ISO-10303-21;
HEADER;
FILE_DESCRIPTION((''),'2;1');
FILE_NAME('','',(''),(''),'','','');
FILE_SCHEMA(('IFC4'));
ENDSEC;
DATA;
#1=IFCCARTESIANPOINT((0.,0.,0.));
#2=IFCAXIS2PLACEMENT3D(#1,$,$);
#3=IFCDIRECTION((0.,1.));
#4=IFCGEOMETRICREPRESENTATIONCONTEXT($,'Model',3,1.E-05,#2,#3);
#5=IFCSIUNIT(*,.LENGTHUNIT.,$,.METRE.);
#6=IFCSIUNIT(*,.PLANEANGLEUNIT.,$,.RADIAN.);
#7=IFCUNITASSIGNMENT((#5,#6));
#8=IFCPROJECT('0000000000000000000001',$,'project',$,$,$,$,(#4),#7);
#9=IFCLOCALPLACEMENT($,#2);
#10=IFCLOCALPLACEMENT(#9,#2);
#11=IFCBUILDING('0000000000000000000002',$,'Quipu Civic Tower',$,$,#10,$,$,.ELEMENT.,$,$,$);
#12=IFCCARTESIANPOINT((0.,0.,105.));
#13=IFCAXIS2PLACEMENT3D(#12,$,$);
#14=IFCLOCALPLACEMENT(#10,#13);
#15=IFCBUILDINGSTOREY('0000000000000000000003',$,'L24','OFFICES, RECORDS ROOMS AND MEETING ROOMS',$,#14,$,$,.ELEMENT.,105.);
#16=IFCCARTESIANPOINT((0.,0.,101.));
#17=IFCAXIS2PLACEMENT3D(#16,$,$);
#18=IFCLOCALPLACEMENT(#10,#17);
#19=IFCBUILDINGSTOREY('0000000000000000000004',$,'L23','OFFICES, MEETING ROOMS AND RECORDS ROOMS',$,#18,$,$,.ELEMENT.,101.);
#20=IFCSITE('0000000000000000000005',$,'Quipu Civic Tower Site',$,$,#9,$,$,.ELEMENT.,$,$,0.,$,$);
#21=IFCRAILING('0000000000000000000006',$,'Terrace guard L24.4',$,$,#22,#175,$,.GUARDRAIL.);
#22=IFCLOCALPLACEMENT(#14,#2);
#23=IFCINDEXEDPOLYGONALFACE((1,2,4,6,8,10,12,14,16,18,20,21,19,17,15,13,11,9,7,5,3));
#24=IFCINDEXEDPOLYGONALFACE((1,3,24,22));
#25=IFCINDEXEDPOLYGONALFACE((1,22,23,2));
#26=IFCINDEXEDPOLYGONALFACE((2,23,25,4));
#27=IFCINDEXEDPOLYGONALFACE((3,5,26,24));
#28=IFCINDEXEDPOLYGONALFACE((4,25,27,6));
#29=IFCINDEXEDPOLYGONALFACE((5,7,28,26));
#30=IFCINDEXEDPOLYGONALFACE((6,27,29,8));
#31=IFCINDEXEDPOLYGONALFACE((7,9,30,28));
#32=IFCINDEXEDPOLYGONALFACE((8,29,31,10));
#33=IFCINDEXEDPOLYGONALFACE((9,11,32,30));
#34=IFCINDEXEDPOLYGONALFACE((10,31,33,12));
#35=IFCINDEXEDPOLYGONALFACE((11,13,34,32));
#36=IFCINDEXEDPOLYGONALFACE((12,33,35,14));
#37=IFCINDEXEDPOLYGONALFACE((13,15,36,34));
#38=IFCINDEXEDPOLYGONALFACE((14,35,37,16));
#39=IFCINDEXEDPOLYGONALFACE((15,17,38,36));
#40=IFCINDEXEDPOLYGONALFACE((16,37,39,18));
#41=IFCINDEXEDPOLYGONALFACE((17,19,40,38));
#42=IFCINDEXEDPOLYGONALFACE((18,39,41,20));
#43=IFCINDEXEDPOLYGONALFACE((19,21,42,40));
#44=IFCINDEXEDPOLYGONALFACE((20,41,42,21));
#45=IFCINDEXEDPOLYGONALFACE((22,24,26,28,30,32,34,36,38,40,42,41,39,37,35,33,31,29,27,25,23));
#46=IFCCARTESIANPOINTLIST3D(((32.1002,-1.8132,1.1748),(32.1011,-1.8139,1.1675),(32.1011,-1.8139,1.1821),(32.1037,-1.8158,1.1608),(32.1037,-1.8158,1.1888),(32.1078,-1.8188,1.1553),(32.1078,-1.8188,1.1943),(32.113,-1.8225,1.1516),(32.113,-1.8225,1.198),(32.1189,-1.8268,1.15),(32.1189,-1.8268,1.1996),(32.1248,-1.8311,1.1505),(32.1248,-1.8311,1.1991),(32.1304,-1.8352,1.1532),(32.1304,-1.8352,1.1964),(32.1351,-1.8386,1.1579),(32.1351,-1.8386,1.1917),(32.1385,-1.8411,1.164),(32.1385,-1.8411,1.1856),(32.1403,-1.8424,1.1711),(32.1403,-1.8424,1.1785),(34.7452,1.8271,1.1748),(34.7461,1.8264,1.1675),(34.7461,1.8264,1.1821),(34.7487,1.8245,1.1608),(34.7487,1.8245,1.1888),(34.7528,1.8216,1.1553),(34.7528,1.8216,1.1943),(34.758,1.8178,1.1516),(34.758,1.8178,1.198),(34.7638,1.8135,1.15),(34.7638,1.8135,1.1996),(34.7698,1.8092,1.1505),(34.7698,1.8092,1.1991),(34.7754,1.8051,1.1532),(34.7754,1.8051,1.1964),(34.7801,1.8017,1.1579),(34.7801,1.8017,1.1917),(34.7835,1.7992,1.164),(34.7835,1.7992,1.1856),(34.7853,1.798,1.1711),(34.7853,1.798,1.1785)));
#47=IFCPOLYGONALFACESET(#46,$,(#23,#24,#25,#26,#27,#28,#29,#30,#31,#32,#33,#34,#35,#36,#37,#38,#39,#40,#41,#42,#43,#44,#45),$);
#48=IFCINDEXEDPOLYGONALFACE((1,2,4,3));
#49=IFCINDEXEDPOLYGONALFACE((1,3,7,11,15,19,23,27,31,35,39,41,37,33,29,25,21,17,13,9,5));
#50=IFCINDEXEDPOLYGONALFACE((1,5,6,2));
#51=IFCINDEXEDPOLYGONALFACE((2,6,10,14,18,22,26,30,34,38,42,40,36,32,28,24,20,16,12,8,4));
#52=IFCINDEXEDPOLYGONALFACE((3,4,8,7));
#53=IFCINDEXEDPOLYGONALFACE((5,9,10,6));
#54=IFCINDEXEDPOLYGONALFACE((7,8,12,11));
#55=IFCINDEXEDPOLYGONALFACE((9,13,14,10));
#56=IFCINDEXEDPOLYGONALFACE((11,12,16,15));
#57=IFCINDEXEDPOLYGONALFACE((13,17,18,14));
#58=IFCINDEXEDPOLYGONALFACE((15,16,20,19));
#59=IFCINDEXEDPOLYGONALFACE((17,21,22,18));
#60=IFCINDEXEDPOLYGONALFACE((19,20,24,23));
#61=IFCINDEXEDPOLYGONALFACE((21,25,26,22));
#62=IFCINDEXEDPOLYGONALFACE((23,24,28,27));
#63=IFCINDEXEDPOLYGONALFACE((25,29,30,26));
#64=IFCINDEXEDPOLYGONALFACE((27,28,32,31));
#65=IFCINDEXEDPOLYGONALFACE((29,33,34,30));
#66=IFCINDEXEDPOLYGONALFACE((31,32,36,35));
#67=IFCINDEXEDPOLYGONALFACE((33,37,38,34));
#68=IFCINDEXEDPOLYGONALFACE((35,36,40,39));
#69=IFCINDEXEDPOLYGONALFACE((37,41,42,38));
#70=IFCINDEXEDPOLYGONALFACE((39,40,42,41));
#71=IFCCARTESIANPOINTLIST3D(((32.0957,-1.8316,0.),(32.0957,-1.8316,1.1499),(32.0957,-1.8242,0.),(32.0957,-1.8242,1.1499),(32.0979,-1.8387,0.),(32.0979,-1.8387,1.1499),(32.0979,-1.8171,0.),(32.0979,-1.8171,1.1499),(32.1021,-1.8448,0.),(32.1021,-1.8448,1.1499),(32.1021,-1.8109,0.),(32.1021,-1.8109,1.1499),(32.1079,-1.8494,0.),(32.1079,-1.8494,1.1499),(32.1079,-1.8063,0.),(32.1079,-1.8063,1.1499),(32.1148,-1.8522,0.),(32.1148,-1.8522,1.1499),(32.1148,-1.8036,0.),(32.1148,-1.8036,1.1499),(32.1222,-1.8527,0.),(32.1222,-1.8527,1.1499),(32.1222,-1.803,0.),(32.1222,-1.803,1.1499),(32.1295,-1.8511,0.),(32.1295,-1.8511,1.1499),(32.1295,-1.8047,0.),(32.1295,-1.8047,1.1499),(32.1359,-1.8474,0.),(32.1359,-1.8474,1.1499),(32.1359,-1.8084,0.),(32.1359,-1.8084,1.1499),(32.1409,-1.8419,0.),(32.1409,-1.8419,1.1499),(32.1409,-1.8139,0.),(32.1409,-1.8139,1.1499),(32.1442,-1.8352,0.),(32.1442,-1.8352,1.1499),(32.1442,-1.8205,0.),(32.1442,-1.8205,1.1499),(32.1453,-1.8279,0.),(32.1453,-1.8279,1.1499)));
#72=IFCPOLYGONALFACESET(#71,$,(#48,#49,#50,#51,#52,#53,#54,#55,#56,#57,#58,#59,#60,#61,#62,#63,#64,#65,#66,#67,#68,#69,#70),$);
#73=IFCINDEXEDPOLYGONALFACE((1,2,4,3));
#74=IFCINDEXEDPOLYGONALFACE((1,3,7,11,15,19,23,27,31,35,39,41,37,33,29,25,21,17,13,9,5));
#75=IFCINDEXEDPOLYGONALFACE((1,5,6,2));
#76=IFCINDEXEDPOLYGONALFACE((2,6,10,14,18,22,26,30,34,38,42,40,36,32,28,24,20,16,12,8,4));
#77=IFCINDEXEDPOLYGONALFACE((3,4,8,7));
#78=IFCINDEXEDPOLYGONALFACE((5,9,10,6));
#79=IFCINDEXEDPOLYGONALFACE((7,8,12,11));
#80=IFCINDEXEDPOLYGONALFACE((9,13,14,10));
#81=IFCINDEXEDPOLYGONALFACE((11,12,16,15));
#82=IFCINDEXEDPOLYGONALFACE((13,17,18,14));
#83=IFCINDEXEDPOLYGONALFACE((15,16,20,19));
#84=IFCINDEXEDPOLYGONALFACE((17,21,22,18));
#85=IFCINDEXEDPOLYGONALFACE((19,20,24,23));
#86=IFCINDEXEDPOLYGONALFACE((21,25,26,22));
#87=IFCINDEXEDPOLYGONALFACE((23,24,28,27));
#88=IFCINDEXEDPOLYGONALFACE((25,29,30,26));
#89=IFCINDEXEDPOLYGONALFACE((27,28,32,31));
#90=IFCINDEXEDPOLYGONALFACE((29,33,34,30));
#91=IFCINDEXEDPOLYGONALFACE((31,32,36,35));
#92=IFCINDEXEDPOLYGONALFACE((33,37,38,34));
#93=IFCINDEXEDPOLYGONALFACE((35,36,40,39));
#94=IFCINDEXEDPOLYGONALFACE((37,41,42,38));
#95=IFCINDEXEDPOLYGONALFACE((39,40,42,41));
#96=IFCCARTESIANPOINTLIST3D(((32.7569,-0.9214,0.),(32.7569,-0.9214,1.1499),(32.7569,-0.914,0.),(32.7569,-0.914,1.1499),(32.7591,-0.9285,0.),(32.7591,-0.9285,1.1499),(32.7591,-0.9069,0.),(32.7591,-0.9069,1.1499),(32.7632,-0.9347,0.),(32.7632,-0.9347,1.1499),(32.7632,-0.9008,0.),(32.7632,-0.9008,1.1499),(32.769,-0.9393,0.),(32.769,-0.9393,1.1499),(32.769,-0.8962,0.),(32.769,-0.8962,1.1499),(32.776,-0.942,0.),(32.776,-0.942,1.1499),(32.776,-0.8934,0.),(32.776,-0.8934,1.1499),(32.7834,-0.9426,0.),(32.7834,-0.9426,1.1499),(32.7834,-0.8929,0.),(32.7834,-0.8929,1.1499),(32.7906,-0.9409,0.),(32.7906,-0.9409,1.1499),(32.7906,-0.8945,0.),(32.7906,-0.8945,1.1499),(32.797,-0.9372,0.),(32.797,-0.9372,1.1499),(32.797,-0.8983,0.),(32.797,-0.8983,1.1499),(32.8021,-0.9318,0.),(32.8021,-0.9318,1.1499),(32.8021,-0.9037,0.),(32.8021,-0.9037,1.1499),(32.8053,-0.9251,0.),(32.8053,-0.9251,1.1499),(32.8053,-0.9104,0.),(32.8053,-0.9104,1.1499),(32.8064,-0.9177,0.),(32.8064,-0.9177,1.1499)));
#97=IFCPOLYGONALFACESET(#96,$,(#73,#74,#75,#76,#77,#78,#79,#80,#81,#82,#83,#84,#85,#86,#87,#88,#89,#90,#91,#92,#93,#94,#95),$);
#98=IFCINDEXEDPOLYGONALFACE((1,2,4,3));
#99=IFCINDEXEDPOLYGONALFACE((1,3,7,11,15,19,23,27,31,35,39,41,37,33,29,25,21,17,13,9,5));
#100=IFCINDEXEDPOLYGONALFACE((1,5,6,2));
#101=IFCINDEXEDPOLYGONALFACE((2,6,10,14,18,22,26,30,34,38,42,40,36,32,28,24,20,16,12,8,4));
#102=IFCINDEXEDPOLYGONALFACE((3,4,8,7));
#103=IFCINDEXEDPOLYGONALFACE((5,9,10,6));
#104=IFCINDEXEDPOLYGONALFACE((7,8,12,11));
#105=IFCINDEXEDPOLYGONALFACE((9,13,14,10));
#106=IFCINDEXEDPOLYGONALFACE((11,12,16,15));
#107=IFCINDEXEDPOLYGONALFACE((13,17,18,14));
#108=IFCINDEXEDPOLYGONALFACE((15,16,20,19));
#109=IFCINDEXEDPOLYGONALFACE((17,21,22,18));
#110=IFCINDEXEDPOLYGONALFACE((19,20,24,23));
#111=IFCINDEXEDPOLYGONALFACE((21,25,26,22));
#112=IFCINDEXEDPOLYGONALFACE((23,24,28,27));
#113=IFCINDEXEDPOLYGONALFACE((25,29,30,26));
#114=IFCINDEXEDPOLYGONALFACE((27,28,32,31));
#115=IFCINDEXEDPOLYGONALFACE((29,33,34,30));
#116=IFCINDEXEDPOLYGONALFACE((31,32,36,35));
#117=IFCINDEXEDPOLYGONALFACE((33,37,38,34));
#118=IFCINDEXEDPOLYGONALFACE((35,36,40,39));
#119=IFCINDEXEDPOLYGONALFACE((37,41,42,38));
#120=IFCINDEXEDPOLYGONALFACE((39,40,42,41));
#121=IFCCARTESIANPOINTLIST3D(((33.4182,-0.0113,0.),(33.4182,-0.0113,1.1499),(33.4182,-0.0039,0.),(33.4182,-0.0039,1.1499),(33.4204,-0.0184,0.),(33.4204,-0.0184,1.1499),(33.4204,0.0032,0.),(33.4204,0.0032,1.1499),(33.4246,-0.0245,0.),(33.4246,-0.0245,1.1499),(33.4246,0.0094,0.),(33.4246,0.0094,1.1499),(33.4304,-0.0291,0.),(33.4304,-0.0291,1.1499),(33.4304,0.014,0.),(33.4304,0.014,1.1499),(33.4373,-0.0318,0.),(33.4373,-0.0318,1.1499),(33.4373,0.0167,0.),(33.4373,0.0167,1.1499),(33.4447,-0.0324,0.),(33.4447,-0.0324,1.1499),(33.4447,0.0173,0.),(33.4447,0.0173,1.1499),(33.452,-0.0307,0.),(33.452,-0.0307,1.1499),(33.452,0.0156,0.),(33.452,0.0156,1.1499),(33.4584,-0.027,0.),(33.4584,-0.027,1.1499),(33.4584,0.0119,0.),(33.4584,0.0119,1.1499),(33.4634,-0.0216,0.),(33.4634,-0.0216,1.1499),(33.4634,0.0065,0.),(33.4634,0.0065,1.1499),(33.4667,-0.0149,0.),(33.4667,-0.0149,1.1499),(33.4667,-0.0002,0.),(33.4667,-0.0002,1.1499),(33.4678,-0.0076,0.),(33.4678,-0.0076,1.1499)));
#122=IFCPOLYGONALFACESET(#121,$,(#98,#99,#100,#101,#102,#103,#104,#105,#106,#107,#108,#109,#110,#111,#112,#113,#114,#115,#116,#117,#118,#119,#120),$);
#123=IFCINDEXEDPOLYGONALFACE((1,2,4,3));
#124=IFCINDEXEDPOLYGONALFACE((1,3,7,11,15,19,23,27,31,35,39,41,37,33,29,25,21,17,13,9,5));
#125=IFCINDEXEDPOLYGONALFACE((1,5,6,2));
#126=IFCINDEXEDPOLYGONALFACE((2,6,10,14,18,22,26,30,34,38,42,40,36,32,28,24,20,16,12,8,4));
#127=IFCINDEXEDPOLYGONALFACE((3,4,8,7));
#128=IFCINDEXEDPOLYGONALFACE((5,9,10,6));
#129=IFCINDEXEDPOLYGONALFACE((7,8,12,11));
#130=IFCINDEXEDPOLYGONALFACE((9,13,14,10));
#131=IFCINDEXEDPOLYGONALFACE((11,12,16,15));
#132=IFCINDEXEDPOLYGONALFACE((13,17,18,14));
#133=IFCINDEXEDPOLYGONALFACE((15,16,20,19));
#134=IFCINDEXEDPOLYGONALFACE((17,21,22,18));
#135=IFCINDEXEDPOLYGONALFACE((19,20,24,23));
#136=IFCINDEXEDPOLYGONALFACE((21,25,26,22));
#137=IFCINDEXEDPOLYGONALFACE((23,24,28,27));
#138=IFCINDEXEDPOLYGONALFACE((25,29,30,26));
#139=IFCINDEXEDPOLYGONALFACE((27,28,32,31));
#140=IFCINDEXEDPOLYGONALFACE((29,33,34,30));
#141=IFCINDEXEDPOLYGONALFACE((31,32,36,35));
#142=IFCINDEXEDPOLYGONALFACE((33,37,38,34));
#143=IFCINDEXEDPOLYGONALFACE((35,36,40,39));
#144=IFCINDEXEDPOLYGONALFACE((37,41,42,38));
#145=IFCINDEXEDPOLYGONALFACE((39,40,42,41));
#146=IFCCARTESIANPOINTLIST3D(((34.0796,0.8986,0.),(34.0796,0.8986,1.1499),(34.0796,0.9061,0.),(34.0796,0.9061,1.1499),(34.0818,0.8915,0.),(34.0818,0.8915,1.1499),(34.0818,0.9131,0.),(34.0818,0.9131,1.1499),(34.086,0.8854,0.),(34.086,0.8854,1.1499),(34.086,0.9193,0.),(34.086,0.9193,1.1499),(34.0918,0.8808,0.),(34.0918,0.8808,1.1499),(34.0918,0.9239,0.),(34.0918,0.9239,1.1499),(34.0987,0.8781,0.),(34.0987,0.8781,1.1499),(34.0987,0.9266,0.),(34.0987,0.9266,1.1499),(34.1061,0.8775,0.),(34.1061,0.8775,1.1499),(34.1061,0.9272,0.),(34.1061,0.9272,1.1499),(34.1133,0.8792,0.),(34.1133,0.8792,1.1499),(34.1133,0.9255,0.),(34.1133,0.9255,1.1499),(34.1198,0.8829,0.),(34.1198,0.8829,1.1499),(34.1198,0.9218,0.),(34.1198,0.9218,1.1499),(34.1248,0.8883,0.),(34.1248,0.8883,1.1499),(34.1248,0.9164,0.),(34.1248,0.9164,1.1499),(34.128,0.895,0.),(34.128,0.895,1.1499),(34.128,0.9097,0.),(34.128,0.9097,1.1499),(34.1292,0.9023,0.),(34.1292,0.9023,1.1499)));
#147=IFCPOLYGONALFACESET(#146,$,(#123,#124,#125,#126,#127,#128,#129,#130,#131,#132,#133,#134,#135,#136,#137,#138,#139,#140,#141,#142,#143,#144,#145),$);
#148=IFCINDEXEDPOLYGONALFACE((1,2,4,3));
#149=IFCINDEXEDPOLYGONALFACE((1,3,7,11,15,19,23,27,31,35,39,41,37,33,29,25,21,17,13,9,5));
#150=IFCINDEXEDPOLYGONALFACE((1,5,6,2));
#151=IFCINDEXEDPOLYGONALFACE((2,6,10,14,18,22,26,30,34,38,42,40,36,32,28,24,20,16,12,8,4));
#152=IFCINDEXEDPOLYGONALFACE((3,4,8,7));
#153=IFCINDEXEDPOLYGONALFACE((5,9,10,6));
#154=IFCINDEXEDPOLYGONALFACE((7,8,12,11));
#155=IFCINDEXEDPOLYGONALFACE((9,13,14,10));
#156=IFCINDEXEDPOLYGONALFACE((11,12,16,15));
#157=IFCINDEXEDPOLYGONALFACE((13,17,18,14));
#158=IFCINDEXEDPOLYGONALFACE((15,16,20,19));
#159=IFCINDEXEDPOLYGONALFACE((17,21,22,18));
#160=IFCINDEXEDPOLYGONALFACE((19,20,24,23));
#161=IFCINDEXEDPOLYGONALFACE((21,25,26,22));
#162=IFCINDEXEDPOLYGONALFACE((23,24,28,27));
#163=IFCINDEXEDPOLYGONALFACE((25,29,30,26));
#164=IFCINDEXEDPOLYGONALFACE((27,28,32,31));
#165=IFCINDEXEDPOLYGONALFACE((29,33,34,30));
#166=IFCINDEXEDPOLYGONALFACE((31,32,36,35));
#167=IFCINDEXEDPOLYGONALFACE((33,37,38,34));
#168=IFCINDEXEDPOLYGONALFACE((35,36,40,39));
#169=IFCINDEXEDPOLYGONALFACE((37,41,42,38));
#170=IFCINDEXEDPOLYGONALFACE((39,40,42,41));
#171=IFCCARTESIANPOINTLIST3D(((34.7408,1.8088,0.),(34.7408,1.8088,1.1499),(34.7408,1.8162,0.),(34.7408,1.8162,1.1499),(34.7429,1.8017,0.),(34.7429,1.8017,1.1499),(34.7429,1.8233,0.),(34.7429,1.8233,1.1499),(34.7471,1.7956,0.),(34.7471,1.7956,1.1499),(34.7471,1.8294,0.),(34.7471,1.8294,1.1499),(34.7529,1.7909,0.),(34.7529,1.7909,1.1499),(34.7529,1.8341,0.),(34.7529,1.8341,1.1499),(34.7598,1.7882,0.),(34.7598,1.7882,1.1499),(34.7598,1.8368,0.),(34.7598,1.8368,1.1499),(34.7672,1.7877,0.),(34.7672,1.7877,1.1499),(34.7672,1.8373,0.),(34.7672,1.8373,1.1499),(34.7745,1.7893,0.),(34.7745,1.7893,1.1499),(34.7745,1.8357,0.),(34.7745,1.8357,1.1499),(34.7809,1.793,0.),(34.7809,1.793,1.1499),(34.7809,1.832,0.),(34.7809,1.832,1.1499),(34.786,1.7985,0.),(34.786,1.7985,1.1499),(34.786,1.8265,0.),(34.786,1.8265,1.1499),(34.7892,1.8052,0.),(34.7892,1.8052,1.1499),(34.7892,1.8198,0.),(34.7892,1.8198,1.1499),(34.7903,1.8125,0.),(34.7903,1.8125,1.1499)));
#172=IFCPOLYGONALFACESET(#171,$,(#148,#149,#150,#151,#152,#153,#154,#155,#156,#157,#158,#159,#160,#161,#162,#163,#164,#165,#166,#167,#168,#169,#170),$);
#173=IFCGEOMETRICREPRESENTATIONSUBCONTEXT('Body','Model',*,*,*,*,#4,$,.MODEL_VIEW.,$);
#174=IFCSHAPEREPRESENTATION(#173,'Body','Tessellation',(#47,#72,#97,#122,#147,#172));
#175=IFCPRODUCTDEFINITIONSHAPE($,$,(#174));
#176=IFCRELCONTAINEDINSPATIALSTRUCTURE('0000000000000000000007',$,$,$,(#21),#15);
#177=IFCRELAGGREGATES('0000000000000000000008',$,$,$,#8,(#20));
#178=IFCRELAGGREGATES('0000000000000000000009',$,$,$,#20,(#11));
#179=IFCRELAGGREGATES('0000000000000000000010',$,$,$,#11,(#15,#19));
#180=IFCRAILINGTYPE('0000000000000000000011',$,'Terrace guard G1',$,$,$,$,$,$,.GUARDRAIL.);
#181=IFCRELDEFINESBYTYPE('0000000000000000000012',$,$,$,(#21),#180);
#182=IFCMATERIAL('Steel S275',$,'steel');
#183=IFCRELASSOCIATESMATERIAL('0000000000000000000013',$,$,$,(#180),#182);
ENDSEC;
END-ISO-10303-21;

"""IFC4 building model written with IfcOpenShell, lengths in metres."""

from ifc_helpers import new_model, si_unit, direction, frame, origin, origin_2d, place, context, subcontext, project, spatial, circle, extrude, material, type_object, element, save


model = new_model("IFC4")

# Units and contexts
model_context = context("Model", 3, precision=1e-05, world=origin(), true_north=direction((0.0, 1.0)))
body_context = subcontext(model_context, "Body", "Model", "MODEL_VIEW")
ifc_project = project(units=[si_unit("LENGTHUNIT", "METRE"), si_unit("PLANEANGLEUNIT", "RADIAN")], contexts=[model_context])

# Site, building, storey
site_placement = place(None, origin())
site = spatial("IfcSite", under=ifc_project, at=site_placement, Name="Quipu Civic Tower Site", CompositionType="ELEMENT", RefElevation=0.0)
building_placement = place(site_placement, origin())
building = spatial("IfcBuilding", under=site, at=building_placement, Name="Quipu Civic Tower", CompositionType="ELEMENT")
storey_1_placement = place(building_placement, frame((0.0, 0.0, 105.0)))
storey_1 = spatial("IfcBuildingStorey", under=building, at=storey_1_placement, Name="L24", Description="OFFICES, RECORDS ROOMS AND MEETING ROOMS", CompositionType="ELEMENT", Elevation=105.0)

# Shared definitions
storey_2_placement = place(building_placement, frame((0.0, 0.0, 101.0)))
storey_2 = spatial("IfcBuildingStorey", under=building, at=storey_2_placement, Name="L23", Description="OFFICES, MEETING ROOMS AND RECORDS ROOMS", CompositionType="ELEMENT", Elevation=101.0)

# Railing
ifc_material_1 = material(Name="Steel S275", Category="steel")
railing_type = type_object("IfcRailingType", Name="Terrace guard G1", PredefinedType="GUARDRAIL", material=ifc_material_1)
railing_1_placement = place(storey_1_placement, frame((32.1204, -1.8279, 0.0)))
element("IfcRailing", 1, at=railing_1_placement, inside=storey_1, type_object=railing_type, Name="Terrace guard L24.4", PredefinedType="GUARDRAIL", context=body_context, shape_type="SweptSolid", body=[
    extrude(circle(Radius=0.0249, at=origin_2d()), frame((0.0, 0.0, 1.1748), z_axis=(0.587804, 0.809003, 0.0), x_axis=(-0.809003, 0.587804, 0.0)), (0.0, 0.0, 1.0), 4.4998),
    extrude(circle(Radius=0.0249, at=origin_2d()), origin(), (0.0, 0.0, 1.0), 1.1499),
    extrude(circle(Radius=0.0249, at=origin_2d()), frame((0.6611, 0.9102, 0.0)), (0.0, 0.0, 1.0), 1.1499),
    extrude(circle(Radius=0.0249, at=origin_2d()), frame((1.3225, 1.8203, 0.0)), (0.0, 0.0, 1.0), 1.1499),
    extrude(circle(Radius=0.0249, at=origin_2d()), frame((1.9839, 2.7302, 0.0)), (0.0, 0.0, 1.0), 1.1499),
    extrude(circle(Radius=0.0249, at=origin_2d()), frame((2.645, 3.6404, 0.0)), (0.0, 0.0, 1.0), 1.1499),
])

save(model, "model.ifc")
